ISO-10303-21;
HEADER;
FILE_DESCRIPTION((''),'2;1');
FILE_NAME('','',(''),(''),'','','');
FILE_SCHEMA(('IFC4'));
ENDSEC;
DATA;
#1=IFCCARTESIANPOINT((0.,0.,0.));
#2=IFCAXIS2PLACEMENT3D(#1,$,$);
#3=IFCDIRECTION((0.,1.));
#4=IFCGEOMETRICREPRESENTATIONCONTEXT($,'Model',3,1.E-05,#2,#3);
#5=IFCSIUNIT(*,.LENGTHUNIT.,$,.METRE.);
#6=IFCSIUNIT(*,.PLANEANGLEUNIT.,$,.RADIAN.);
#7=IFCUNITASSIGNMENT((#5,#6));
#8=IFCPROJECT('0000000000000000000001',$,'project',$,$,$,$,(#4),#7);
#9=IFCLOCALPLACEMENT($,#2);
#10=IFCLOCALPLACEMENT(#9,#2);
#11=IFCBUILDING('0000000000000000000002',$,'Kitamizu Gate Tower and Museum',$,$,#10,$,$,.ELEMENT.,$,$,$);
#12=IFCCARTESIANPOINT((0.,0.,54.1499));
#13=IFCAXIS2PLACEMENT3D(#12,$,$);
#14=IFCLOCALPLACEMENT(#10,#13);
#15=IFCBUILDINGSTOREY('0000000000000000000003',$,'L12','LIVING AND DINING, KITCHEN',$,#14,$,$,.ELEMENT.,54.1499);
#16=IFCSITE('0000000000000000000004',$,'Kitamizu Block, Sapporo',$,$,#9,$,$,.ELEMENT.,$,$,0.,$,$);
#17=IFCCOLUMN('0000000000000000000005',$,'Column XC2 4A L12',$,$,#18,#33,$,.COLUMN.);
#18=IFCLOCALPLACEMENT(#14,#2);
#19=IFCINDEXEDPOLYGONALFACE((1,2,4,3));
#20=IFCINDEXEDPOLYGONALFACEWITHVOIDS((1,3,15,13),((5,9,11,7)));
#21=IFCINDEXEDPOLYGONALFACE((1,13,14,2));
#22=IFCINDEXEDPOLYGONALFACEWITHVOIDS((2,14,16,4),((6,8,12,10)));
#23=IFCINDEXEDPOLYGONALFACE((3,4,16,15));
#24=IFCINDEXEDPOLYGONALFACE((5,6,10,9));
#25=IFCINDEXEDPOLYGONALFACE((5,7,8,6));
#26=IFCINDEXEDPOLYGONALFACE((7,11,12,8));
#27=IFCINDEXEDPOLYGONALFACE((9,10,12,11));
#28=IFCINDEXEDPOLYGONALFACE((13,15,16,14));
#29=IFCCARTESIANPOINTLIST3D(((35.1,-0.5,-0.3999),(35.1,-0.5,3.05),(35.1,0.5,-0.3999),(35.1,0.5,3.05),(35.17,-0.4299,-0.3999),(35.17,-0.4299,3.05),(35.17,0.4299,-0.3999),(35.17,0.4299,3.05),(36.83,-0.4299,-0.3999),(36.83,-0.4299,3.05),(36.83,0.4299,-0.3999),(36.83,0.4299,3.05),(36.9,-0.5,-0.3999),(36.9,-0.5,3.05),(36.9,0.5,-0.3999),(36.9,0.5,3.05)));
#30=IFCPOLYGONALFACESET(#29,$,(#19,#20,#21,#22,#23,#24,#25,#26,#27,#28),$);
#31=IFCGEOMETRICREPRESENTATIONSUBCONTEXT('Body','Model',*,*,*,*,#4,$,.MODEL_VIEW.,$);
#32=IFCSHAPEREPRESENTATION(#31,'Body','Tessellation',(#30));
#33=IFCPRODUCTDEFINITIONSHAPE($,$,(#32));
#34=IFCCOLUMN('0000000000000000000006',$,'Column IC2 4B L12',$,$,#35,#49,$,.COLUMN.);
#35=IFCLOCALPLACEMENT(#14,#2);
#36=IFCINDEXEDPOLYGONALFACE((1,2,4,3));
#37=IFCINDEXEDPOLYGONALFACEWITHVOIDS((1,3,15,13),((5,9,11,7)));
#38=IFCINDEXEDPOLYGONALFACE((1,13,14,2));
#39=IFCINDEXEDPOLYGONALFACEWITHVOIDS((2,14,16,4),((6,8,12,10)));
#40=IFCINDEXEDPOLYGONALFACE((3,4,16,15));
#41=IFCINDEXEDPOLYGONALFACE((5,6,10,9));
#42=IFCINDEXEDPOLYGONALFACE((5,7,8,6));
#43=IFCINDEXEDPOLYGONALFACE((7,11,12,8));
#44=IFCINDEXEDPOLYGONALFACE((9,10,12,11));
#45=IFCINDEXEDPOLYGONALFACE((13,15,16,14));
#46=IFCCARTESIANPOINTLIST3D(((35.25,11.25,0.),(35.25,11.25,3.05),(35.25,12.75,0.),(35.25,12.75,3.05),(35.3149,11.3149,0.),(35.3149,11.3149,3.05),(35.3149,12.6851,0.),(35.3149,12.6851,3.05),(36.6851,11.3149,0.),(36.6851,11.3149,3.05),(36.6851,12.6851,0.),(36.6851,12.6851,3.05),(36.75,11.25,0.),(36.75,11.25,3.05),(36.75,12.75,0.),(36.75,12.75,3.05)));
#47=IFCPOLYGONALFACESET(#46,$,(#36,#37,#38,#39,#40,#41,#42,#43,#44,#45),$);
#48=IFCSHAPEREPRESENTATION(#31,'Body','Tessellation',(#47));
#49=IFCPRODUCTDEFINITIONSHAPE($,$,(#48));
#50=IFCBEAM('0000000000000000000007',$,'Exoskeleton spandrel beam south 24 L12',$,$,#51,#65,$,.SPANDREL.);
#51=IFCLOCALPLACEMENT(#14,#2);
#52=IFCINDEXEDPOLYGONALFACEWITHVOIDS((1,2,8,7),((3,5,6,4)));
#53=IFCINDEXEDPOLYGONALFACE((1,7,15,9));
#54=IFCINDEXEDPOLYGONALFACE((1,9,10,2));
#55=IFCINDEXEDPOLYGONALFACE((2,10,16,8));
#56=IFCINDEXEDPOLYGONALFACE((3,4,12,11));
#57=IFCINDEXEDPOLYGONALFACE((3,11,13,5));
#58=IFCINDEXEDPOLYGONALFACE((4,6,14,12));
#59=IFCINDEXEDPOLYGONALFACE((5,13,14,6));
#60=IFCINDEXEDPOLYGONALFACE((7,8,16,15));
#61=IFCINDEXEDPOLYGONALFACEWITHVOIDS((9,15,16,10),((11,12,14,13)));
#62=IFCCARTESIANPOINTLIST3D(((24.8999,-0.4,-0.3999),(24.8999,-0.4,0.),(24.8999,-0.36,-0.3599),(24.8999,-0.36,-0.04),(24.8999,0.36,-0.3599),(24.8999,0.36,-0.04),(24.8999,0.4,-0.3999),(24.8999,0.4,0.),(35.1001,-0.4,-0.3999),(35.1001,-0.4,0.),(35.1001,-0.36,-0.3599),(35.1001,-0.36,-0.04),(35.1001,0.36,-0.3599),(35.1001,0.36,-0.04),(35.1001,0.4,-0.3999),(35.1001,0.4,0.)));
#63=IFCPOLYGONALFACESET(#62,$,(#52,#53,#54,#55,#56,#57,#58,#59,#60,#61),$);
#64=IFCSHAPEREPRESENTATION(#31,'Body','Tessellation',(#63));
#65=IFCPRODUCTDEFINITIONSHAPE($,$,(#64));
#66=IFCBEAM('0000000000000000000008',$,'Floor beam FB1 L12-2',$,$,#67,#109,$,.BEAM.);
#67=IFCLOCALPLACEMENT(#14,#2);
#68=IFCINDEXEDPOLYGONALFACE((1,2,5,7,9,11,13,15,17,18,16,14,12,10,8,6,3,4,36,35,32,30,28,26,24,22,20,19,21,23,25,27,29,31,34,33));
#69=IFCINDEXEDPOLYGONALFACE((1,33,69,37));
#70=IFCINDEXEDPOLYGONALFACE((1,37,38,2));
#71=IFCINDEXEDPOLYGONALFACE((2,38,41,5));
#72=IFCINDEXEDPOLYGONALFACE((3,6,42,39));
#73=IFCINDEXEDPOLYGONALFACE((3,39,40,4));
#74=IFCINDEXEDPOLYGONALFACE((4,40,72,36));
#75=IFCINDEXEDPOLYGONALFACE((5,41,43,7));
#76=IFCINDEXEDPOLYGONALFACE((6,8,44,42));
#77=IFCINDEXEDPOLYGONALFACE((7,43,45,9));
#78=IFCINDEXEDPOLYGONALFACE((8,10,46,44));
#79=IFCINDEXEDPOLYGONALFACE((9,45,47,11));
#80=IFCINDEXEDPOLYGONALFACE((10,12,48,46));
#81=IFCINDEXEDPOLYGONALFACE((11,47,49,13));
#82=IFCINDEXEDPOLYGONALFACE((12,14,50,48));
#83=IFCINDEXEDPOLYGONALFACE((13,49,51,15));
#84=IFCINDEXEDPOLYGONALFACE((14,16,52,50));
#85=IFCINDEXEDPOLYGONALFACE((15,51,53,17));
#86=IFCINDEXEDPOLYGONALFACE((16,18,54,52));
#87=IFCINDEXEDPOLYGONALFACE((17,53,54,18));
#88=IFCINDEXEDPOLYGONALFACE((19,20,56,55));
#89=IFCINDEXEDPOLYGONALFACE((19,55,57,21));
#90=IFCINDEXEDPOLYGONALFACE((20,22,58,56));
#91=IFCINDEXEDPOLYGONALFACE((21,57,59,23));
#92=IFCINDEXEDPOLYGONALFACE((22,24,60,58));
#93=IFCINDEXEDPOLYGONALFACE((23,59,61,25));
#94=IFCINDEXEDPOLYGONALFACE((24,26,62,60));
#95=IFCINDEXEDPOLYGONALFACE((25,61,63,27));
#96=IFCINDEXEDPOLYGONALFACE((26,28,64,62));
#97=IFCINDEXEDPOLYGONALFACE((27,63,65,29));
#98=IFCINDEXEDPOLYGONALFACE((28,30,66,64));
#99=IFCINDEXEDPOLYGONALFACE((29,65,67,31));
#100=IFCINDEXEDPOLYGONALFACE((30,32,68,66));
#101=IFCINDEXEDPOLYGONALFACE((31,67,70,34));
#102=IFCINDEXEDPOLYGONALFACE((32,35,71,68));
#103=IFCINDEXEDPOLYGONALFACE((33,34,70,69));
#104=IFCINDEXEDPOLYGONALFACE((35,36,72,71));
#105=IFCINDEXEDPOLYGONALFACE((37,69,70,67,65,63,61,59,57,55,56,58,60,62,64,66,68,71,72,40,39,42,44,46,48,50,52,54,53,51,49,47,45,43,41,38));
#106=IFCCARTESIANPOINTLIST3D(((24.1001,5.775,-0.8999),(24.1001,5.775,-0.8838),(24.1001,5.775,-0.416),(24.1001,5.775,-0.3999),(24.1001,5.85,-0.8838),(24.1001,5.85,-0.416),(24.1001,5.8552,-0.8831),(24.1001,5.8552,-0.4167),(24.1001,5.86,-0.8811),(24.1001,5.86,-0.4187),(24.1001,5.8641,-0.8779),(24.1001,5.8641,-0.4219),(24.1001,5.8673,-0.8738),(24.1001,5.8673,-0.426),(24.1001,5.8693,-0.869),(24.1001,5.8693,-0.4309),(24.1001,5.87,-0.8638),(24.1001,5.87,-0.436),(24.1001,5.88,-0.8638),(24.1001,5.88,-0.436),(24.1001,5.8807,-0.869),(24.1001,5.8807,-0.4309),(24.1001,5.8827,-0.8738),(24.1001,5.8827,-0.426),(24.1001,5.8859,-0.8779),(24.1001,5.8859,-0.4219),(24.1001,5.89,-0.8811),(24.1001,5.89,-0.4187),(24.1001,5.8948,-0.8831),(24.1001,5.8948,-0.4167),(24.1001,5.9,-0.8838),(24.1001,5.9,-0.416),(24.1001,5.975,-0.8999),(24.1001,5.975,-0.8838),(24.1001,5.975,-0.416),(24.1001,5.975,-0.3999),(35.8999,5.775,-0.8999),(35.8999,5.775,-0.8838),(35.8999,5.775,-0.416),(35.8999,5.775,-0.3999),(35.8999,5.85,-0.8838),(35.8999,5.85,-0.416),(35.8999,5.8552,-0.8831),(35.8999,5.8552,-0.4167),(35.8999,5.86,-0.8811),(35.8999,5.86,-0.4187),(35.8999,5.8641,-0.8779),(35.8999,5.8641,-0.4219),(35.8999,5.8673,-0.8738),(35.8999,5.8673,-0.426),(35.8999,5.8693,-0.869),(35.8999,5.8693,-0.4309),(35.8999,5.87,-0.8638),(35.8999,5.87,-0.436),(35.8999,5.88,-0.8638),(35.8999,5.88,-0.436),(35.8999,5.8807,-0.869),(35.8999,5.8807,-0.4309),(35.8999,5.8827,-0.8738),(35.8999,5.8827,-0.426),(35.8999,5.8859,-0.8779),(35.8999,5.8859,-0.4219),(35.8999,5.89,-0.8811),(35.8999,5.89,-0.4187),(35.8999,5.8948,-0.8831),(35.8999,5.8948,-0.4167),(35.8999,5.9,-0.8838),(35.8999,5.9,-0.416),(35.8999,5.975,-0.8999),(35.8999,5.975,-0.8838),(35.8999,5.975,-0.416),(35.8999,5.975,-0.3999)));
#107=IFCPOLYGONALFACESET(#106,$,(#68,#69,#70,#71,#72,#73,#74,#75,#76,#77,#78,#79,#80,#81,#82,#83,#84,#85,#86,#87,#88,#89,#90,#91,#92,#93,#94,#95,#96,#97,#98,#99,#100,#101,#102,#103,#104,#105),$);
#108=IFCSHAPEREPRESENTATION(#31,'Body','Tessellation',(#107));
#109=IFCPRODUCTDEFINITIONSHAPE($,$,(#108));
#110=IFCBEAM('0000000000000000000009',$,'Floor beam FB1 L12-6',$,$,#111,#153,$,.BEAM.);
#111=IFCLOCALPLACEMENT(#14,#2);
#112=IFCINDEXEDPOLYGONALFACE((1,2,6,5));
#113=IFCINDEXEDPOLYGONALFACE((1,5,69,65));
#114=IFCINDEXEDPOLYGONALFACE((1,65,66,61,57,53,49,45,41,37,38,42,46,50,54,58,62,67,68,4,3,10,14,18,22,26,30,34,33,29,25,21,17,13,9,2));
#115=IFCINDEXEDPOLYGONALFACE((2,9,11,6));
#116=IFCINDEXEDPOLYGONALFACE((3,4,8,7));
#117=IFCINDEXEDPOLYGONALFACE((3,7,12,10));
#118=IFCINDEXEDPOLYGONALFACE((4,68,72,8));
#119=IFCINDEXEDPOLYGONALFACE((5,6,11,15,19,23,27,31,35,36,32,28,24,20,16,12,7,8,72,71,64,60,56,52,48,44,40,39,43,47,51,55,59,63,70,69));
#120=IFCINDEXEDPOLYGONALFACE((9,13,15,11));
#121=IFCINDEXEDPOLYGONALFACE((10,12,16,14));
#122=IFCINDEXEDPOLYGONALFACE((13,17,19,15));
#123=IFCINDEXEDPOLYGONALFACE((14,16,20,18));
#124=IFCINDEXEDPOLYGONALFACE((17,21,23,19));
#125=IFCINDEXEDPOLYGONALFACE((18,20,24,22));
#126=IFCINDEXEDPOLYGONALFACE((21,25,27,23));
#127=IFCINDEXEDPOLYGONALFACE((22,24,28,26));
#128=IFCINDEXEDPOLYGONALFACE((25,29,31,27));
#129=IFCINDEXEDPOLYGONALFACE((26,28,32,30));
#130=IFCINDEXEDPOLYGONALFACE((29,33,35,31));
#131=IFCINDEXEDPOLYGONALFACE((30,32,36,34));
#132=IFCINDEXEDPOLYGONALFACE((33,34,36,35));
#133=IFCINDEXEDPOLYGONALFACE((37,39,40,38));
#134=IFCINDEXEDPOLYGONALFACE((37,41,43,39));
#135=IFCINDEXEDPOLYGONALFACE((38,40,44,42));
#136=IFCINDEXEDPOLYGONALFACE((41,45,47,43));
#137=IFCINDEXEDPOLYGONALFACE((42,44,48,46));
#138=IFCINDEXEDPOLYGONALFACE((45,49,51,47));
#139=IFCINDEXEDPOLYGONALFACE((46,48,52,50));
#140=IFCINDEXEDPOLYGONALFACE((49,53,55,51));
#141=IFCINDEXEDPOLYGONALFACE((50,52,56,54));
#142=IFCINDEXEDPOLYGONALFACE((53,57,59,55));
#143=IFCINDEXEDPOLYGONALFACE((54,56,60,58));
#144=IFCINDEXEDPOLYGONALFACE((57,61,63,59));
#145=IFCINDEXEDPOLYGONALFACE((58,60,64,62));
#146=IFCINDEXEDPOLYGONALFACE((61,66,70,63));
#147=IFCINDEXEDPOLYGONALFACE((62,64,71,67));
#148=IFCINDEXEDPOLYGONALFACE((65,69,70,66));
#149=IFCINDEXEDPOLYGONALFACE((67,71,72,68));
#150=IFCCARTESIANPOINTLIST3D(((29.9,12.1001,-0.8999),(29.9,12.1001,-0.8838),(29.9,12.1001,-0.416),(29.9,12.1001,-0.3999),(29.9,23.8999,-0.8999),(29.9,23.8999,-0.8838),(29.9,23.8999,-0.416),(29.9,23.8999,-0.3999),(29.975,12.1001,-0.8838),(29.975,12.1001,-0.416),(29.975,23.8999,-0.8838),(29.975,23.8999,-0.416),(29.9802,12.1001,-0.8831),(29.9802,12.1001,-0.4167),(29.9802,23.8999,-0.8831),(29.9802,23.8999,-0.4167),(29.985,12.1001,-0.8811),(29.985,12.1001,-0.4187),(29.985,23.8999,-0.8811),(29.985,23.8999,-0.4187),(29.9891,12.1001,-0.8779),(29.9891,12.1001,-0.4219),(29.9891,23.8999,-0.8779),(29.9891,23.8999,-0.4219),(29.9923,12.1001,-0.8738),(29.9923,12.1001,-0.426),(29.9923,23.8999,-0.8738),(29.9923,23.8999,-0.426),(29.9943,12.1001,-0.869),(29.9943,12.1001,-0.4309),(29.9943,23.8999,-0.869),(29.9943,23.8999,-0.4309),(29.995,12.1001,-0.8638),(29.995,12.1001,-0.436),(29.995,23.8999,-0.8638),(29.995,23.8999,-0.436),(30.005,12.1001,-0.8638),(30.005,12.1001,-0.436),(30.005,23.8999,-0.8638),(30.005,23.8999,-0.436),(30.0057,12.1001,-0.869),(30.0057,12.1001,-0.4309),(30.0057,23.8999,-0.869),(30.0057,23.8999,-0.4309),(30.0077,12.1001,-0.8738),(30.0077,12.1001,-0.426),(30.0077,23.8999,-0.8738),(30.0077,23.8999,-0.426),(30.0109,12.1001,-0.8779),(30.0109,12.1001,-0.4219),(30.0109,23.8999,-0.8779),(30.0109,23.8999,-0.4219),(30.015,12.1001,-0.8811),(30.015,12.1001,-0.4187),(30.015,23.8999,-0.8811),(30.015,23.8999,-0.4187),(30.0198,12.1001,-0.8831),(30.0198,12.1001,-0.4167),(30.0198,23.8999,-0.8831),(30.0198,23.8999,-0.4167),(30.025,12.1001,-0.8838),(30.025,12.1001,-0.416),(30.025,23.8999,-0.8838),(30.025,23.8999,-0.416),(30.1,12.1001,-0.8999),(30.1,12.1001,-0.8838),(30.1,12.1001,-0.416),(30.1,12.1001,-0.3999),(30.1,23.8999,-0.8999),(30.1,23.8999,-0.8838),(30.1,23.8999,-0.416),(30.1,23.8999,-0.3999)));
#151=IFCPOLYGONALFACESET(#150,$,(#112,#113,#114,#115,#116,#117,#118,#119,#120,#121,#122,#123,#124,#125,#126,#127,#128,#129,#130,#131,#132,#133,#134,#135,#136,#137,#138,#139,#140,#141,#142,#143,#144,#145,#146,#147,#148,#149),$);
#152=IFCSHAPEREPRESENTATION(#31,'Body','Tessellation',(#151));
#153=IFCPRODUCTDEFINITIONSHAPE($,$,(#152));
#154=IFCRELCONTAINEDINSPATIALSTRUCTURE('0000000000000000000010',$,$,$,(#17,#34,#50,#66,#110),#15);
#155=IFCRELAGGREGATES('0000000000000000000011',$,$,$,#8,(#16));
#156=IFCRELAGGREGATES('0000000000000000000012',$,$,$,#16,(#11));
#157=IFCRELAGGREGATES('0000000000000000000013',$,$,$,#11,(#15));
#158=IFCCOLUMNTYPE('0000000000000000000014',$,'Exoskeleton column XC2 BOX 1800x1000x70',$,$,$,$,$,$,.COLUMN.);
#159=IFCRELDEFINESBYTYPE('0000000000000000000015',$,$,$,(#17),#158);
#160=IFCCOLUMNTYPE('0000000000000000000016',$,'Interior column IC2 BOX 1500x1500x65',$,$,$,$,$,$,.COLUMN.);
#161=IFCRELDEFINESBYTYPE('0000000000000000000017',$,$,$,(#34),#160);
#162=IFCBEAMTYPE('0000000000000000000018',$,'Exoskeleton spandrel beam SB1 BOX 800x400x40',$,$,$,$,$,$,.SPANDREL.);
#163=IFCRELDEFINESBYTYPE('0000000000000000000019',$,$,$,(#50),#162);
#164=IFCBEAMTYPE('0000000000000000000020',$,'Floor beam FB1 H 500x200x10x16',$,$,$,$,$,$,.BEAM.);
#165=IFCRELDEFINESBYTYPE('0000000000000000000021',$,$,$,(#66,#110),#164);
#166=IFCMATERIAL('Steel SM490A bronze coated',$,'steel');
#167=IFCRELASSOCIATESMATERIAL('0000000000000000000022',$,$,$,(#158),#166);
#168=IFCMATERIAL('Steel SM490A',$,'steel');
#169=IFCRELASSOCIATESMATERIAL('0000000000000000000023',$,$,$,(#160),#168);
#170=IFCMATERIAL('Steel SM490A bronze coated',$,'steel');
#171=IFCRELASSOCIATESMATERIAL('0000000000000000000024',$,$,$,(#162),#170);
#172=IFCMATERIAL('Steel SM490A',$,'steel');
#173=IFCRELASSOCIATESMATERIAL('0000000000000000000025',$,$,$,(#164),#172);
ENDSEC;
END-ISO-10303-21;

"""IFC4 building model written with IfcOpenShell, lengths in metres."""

from ifc_helpers import new_model, si_unit, direction, frame, origin, origin_2d, place, context, subcontext, project, spatial, hollow_rectangle, i_section, extrude, material, material_profile, profile_set, type_object, element, save


model = new_model("IFC4")

# Units and contexts
model_context = context("Model", 3, precision=1e-05, world=origin(), true_north=direction((0.0, 1.0)))
body_context = subcontext(model_context, "Body", "Model", "MODEL_VIEW")
ifc_project = project(units=[si_unit("LENGTHUNIT", "METRE"), si_unit("PLANEANGLEUNIT", "RADIAN")], contexts=[model_context])

# Site, building, storey
site_placement = place(None, origin())
site = spatial("IfcSite", under=ifc_project, at=site_placement, Name="Kitamizu Block, Sapporo", CompositionType="ELEMENT", RefElevation=0.0)
building_placement = place(site_placement, origin())
building = spatial("IfcBuilding", under=site, at=building_placement, Name="Kitamizu Gate Tower and Museum", CompositionType="ELEMENT")
storey_placement = place(building_placement, frame((0.0, 0.0, 54.1499)))
storey = spatial("IfcBuildingStorey", under=building, at=storey_placement, Name="L12", Description="LIVING AND DINING, KITCHEN", CompositionType="ELEMENT", Elevation=54.1499)

# Columns
ifc_material_1 = material(Name="Steel SM490A bronze coated", Category="steel")
ifc_material_profile_1 = material_profile(ifc_material_1, hollow_rectangle(XDim=1.8, YDim=1.0, WallThickness=0.0701, at=origin_2d()), Name="BOX 1800x1000x70")
ifc_profile_set_1 = profile_set([ifc_material_profile_1], Name="Steel SM490A bronze coated")
column_type_1 = type_object("IfcColumnType", Name="Exoskeleton column XC2 BOX 1800x1000x70", PredefinedType="COLUMN", material=ifc_profile_set_1)
column_1_placement = place(storey_placement, frame((36.0, 0.0, -0.3999), z_axis=(0.0, 0.0, 1.0), x_axis=(1.0, 0.0, 0.0)))
element("IfcColumn", 1, at=column_1_placement, inside=storey, type_object=column_type_1, Name="Column XC2 4A L12", PredefinedType="COLUMN", context=body_context, shape_type="SweptSolid", body=[
    extrude(hollow_rectangle(XDim=1.8, YDim=1.0, WallThickness=0.0701, at=origin_2d()), origin(), (0.0, 0.0, 1.0), 3.45),
])
ifc_material_2 = material(Name="Steel SM490A", Category="steel")
ifc_material_profile_2 = material_profile(ifc_material_2, hollow_rectangle(XDim=1.5, YDim=1.5, WallThickness=0.0649, at=origin_2d()), Name="BOX 1500x1500x65")
ifc_profile_set_2 = profile_set([ifc_material_profile_2], Name="Steel SM490A")
column_type_2 = type_object("IfcColumnType", Name="Interior column IC2 BOX 1500x1500x65", PredefinedType="COLUMN", material=ifc_profile_set_2)
column_2_placement = place(storey_placement, frame((36.0, 12.0, 0.0), z_axis=(0.0, 0.0, 1.0), x_axis=(1.0, 0.0, 0.0)))
element("IfcColumn", 2, at=column_2_placement, inside=storey, type_object=column_type_2, Name="Column IC2 4B L12", PredefinedType="COLUMN", context=body_context, shape_type="SweptSolid", body=[
    extrude(hollow_rectangle(XDim=1.5, YDim=1.5, WallThickness=0.0649, at=origin_2d()), origin(), (0.0, 0.0, 1.0), 3.05),
])

# Beams
ifc_material_3 = material(Name="Steel SM490A bronze coated", Category="steel")
ifc_material_profile_3 = material_profile(ifc_material_3, hollow_rectangle(XDim=0.8, YDim=0.3999, WallThickness=0.04, at=origin_2d()), Name="BOX 800x400x40")
ifc_profile_set_3 = profile_set([ifc_material_profile_3], Name="Steel SM490A bronze coated")
beam_type_1 = type_object("IfcBeamType", Name="Exoskeleton spandrel beam SB1 BOX 800x400x40", PredefinedType="SPANDREL", material=ifc_profile_set_3)
beam_1_placement = place(storey_placement, frame((24.8999, 0.0, -0.2), z_axis=(1.0, 0.0, 0.0), x_axis=(0.0, 1.0, 0.0)))
element("IfcBeam", 3, at=beam_1_placement, inside=storey, type_object=beam_type_1, Name="Exoskeleton spandrel beam south 24 L12", PredefinedType="SPANDREL", context=body_context, shape_type="SweptSolid", body=[
    extrude(hollow_rectangle(XDim=0.8, YDim=0.3999, WallThickness=0.04, at=origin_2d()), origin(), (0.0, 0.0, 1.0), 10.2002),
])
ifc_material_4 = material(Name="Steel SM490A", Category="steel")
ifc_material_profile_4 = material_profile(ifc_material_4, i_section(OverallWidth=0.2, OverallDepth=0.5, WebThickness=0.01, FlangeThickness=0.0161, FilletRadius=0.02, at=origin_2d()), Name="H-500x200x10x16")
ifc_profile_set_4 = profile_set([ifc_material_profile_4], Name="Steel SM490A")
beam_type_2 = type_object("IfcBeamType", Name="Floor beam FB1 H 500x200x10x16", PredefinedType="BEAM", material=ifc_profile_set_4)
for number, where, z_axis, x_axis, name in (
    (4, (24.1001, 5.875, -0.6499), (1.0, 0.0, 0.0), (0.0, 1.0, 0.0), "Floor beam FB1 L12-2"),
    (5, (30.0, 12.1001, -0.6499), (0.0, 1.0, 0.0), (-1.0, 0.0, 0.0), "Floor beam FB1 L12-6"),
):
    element("IfcBeam", number, at=place(storey_placement, frame(where, z_axis=z_axis, x_axis=x_axis)), inside=storey, type_object=beam_type_2, Name=name, PredefinedType="BEAM", context=body_context, shape_type="SweptSolid", body=[
        extrude(i_section(OverallWidth=0.2, OverallDepth=0.5, WebThickness=0.01, FlangeThickness=0.0161, FilletRadius=0.02, at=origin_2d()), origin(), (0.0, 0.0, 1.0), 11.7998),
    ])

save(model, "model.ifc")
